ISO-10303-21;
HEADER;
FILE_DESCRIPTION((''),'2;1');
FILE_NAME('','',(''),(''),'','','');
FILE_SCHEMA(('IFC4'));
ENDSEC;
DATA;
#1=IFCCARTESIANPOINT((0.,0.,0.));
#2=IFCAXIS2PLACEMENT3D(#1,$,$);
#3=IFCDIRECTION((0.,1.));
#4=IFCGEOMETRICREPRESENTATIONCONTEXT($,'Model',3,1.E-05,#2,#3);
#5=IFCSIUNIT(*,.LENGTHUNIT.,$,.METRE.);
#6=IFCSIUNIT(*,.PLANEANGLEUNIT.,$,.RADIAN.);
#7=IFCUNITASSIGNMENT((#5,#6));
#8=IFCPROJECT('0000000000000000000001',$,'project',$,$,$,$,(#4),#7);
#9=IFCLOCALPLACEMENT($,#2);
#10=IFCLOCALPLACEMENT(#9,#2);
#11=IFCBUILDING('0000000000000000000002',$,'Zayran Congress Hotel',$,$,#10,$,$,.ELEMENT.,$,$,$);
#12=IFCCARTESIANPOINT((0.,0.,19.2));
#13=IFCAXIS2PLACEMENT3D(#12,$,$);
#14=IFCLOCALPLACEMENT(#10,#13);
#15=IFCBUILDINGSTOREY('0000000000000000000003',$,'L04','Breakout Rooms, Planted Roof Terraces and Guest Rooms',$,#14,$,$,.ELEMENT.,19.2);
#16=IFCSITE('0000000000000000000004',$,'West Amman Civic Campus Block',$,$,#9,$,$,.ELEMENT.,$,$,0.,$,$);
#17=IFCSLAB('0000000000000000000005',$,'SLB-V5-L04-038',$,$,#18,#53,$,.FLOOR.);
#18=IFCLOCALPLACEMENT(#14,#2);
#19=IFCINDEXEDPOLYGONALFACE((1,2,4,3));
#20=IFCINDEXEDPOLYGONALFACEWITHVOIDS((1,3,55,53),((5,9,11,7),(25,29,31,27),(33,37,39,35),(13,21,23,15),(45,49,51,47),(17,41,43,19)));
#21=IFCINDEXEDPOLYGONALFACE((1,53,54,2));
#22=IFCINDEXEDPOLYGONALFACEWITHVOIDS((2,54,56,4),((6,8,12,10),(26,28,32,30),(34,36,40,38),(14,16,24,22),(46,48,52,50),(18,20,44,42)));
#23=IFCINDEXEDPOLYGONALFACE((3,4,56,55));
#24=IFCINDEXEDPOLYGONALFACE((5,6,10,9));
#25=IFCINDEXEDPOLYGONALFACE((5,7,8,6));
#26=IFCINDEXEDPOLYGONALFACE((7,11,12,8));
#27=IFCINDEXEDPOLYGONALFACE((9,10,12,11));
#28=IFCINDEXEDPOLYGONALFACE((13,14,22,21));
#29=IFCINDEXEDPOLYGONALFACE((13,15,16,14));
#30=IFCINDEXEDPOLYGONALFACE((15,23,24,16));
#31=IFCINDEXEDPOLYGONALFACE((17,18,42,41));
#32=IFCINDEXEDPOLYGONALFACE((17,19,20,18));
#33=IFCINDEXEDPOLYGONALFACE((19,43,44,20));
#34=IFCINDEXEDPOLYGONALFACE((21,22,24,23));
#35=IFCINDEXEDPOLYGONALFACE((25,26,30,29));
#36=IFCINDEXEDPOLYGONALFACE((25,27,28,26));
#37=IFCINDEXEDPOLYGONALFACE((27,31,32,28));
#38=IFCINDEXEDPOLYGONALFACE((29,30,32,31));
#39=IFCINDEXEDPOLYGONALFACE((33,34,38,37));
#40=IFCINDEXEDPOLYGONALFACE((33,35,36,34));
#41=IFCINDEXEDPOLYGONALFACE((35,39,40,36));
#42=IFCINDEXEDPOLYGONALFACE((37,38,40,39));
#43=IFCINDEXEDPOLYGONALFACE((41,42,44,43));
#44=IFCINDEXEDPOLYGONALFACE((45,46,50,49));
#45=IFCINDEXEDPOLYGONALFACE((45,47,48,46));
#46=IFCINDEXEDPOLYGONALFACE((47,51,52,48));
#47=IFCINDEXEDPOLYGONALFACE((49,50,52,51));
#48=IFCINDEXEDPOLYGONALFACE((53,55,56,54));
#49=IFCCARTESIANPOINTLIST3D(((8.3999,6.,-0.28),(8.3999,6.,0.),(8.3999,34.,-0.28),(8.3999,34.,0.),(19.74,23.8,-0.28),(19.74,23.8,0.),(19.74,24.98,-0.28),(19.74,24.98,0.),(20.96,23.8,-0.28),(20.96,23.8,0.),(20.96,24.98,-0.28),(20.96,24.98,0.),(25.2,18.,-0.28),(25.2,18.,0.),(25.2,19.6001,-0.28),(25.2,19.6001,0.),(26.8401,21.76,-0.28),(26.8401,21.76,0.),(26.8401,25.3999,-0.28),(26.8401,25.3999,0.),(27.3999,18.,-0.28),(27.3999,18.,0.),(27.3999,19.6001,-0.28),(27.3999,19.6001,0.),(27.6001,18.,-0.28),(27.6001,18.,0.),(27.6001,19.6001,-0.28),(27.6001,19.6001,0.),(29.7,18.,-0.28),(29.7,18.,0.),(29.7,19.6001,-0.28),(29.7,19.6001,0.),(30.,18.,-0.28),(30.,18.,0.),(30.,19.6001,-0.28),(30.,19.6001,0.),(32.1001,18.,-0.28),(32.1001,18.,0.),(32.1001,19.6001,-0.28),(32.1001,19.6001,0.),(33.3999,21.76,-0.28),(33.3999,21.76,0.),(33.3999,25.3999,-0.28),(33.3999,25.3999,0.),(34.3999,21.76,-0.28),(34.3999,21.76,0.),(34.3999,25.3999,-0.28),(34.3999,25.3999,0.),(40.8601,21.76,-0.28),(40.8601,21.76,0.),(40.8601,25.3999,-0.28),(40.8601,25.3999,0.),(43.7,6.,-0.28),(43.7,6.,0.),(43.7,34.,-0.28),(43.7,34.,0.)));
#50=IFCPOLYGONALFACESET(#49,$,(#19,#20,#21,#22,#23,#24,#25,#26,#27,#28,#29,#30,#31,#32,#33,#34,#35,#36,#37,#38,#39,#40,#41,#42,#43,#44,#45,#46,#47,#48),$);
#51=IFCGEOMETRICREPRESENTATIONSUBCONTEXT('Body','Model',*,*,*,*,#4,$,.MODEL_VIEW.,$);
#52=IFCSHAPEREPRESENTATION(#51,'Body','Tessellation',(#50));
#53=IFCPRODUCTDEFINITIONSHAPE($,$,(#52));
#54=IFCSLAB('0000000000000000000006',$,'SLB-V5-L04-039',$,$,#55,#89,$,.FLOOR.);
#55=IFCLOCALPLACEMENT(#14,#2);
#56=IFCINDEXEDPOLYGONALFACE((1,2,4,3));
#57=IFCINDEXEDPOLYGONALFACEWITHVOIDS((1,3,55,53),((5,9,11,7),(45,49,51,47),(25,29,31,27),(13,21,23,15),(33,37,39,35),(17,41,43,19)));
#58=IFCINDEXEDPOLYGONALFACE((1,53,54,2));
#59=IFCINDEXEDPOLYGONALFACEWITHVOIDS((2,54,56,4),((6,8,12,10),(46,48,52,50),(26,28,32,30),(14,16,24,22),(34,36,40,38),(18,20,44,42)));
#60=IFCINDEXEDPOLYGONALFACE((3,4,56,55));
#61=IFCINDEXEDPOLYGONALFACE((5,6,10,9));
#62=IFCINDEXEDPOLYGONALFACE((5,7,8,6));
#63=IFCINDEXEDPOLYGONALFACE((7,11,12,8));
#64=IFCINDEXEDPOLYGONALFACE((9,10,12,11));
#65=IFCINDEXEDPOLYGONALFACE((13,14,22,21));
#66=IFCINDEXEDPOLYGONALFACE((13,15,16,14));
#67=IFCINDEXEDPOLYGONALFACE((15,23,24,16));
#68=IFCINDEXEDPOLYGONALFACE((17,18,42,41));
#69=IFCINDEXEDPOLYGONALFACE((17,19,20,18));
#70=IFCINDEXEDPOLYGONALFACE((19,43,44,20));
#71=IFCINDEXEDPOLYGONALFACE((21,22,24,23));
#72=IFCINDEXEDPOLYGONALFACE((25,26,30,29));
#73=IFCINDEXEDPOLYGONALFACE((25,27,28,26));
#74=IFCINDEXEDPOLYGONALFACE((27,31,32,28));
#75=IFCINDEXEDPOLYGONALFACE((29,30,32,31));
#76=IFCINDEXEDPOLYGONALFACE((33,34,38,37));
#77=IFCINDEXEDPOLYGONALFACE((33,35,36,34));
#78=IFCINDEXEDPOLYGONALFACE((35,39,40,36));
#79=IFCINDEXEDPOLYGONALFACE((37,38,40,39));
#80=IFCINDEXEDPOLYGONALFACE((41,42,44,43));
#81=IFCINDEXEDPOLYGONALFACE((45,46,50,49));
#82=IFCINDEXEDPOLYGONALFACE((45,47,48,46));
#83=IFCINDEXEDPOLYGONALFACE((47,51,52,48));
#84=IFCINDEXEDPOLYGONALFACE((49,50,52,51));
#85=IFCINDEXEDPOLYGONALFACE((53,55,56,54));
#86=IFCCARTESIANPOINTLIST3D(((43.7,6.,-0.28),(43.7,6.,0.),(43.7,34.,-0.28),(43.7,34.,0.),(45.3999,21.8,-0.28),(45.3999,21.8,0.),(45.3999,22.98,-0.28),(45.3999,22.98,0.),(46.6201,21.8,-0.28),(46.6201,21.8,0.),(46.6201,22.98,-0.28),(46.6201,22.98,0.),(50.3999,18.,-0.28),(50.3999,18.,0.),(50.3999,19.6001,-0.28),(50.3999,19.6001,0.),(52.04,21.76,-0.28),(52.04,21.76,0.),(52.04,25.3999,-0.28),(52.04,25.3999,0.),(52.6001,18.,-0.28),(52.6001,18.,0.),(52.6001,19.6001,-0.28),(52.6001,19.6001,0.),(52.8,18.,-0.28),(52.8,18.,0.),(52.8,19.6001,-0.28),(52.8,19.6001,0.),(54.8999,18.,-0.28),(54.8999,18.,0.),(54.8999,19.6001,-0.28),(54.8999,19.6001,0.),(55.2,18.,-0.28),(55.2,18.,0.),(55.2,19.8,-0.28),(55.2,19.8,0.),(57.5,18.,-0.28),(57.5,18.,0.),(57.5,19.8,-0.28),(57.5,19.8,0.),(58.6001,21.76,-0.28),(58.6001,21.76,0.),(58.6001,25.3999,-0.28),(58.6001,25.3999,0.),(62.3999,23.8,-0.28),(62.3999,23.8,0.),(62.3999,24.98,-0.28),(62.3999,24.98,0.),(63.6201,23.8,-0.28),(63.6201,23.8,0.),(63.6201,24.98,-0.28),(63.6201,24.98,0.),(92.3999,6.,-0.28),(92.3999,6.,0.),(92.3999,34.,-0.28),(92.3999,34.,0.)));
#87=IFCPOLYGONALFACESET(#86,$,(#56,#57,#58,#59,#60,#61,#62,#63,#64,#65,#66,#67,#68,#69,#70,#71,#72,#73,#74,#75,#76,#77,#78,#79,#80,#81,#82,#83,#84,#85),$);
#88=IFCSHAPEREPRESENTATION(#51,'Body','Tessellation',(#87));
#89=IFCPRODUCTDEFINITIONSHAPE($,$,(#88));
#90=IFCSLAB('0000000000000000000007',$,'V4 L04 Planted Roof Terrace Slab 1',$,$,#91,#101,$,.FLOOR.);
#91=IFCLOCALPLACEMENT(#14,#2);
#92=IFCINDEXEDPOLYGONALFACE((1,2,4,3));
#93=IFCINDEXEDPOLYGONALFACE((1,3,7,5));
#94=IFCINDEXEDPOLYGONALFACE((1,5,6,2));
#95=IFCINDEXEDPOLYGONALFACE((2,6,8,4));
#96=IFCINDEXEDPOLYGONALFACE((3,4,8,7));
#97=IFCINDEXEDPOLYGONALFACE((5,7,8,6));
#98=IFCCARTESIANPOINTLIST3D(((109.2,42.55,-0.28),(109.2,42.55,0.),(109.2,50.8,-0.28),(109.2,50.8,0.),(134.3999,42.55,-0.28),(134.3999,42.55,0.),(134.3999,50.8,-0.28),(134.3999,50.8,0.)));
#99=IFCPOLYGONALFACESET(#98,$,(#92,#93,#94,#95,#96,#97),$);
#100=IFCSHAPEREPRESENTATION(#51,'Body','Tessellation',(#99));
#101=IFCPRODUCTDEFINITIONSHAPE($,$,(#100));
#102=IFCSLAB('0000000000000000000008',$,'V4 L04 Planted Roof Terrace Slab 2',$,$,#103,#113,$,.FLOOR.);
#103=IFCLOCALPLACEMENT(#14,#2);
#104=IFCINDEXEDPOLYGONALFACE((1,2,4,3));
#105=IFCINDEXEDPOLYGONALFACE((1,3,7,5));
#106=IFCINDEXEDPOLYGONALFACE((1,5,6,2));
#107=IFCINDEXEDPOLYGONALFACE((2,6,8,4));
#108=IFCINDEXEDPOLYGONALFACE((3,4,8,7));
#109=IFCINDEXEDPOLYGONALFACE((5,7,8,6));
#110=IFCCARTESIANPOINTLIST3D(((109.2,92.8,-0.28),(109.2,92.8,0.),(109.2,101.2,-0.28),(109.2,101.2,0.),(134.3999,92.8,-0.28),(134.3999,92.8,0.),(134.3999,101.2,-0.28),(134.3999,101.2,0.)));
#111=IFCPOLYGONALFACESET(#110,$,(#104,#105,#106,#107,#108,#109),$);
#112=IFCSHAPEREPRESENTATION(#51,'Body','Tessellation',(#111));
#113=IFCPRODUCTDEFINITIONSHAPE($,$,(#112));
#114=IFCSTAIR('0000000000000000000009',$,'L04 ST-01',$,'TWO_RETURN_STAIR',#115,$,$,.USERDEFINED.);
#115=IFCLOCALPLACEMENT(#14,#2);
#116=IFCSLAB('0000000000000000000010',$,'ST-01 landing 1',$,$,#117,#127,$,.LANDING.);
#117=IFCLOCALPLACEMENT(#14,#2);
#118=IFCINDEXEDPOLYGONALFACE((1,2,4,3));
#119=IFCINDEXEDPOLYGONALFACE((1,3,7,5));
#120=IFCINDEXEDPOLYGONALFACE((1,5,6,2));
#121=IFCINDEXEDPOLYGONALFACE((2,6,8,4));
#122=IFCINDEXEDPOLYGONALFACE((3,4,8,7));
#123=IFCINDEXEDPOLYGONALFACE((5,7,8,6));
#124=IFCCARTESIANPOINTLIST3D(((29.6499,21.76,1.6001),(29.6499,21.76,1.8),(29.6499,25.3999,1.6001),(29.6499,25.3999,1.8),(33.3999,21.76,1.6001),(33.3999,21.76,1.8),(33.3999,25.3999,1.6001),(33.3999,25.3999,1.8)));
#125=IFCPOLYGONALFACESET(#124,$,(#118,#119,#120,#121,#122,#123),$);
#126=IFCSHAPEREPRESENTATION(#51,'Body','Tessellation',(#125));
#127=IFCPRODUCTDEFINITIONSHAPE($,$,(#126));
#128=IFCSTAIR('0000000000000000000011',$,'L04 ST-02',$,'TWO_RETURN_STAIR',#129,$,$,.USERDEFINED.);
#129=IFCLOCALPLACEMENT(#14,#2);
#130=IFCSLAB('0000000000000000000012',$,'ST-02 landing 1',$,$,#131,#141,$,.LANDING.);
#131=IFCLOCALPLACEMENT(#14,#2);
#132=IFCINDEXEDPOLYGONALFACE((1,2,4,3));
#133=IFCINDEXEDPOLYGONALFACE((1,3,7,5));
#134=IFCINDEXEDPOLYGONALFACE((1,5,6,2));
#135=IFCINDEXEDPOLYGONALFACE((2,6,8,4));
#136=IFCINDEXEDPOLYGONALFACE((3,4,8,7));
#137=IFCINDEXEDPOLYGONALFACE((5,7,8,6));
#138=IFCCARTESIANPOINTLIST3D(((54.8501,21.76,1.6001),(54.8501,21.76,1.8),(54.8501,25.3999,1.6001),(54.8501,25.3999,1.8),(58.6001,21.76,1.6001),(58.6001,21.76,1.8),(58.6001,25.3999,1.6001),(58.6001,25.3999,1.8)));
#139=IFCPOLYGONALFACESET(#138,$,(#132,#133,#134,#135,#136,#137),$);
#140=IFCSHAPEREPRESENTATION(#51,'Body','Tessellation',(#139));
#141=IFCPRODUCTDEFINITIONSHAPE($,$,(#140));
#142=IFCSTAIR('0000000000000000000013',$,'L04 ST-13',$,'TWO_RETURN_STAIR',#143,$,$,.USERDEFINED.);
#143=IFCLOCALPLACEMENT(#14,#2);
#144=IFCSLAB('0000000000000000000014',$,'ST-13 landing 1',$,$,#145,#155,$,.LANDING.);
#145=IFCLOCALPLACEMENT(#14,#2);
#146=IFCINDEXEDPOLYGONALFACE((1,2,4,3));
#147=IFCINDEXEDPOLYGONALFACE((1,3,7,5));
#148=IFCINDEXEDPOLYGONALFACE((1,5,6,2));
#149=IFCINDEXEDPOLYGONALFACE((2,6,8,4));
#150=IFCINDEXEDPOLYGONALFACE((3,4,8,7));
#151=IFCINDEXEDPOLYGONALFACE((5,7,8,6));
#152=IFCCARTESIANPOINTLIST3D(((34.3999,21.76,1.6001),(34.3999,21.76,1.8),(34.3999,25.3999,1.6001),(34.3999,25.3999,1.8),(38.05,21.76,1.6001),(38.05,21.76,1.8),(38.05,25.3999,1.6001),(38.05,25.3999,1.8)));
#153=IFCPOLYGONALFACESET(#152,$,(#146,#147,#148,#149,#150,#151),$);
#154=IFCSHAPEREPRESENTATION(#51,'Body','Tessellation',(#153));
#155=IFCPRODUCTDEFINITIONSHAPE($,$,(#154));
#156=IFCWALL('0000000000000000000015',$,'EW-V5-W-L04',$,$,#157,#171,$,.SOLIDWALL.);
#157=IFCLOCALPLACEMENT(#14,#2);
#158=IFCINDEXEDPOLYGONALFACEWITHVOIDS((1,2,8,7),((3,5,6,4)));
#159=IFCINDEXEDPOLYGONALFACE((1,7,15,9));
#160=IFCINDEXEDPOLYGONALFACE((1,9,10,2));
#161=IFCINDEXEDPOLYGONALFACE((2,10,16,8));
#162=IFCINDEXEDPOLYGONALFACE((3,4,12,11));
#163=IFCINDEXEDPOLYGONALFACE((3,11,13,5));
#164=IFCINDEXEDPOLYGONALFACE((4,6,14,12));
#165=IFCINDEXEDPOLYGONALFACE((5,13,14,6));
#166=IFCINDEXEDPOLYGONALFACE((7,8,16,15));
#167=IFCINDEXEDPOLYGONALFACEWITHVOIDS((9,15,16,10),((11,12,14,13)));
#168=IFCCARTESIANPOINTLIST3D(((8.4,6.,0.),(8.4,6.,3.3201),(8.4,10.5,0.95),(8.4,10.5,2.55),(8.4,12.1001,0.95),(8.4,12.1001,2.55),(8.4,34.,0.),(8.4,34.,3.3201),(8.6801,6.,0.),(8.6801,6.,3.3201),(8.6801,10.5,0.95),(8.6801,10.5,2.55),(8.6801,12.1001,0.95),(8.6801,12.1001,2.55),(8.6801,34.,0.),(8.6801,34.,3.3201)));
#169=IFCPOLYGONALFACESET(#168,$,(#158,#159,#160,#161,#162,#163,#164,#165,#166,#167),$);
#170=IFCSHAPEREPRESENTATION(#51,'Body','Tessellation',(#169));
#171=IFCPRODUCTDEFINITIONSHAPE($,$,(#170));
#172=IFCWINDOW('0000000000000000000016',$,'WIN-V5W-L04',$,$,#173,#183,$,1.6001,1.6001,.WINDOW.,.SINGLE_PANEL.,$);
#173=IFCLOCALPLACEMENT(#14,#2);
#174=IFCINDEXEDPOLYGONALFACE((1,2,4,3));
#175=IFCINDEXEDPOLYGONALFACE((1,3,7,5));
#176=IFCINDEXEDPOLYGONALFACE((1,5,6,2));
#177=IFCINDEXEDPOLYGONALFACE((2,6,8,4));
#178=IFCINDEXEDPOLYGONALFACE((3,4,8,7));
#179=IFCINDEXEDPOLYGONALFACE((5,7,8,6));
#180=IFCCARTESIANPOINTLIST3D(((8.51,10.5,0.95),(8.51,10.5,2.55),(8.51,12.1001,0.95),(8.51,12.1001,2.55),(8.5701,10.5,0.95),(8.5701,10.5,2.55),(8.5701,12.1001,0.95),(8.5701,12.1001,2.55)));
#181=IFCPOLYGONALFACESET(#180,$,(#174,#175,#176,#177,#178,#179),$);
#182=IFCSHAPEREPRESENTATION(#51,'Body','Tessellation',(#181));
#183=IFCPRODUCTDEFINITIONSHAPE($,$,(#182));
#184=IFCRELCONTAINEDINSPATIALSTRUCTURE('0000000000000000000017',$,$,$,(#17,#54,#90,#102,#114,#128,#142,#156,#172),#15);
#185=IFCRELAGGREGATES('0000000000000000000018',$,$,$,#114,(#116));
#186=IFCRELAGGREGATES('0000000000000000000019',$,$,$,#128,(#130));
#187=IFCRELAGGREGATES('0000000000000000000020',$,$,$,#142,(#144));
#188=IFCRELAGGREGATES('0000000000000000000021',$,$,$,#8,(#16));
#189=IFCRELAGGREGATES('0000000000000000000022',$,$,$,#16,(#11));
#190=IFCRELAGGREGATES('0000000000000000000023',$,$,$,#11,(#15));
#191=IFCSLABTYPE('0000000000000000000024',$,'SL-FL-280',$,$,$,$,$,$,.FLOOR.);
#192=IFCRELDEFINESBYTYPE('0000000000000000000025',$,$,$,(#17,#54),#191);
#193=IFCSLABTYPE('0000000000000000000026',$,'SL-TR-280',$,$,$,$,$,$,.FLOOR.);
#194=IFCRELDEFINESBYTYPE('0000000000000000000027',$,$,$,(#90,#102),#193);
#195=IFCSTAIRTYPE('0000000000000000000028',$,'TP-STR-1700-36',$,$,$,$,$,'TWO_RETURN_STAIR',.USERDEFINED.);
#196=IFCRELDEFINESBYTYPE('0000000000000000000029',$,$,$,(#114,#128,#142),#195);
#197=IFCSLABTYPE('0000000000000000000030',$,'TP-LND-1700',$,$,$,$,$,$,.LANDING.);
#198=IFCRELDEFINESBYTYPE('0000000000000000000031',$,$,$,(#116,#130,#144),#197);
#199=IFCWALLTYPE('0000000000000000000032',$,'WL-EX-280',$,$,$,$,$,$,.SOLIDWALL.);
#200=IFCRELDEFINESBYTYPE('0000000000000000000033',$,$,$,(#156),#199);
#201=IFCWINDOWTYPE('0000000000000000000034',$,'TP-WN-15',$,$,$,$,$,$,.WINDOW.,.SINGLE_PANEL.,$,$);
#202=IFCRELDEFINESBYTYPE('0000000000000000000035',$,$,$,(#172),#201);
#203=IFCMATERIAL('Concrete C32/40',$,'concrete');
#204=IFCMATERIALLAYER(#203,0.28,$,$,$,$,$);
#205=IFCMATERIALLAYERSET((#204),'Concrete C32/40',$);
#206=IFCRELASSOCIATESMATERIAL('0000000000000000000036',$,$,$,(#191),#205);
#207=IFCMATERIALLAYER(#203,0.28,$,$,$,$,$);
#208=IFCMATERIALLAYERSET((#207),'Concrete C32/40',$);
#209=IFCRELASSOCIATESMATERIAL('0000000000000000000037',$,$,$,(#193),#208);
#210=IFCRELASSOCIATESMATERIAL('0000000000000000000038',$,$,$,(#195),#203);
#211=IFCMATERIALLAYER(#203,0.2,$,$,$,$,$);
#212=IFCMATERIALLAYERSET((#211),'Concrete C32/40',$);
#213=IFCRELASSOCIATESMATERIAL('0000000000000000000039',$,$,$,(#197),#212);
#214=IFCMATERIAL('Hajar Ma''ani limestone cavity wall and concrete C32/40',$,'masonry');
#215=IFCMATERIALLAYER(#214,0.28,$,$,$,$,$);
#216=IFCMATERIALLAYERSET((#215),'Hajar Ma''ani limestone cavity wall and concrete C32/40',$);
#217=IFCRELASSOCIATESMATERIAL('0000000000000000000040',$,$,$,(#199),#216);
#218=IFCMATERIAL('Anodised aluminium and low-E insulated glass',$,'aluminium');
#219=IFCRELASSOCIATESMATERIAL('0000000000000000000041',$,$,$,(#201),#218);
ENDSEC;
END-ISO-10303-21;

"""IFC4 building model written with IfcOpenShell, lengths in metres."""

from ifc_helpers import new_model, si_unit, direction, frame, frame_2d, origin, place, context, subcontext, project, spatial, polyline, rectangle, outline, extrude, material, layer, layer_set, type_object, element, fill, aggregate, save


model = new_model("IFC4")

# Units and contexts
model_context = context("Model", 3, precision=1e-05, world=origin(), true_north=direction((0.0, 1.0)))
body_context = subcontext(model_context, "Body", "Model", "MODEL_VIEW")
ifc_project = project(units=[si_unit("LENGTHUNIT", "METRE"), si_unit("PLANEANGLEUNIT", "RADIAN")], contexts=[model_context])

# Site, building, storey
site_placement = place(None, origin())
site = spatial("IfcSite", under=ifc_project, at=site_placement, Name="West Amman Civic Campus Block", CompositionType="ELEMENT", RefElevation=0.0)
building_placement = place(site_placement, origin())
building = spatial("IfcBuilding", under=site, at=building_placement, Name="Zayran Congress Hotel", CompositionType="ELEMENT")
storey_placement = place(building_placement, frame((0.0, 0.0, 19.2)))
storey = spatial("IfcBuildingStorey", under=building, at=storey_placement, Name="L04", Description="Breakout Rooms, Planted Roof Terraces and Guest Rooms", CompositionType="ELEMENT", Elevation=19.2)

# Slabs
ifc_material_1 = material(Name="Concrete C32/40", Category="concrete")
ifc_layer_1 = layer(ifc_material_1, 0.28)
ifc_layer_set_1 = layer_set([ifc_layer_1], Name="Concrete C32/40")
slab_type_1 = type_object("IfcSlabType", Name="SL-FL-280", PredefinedType="FLOOR", material=ifc_layer_set_1)
slab_1_placement = place(storey_placement, frame((0.0, 0.0, -0.28)))
element("IfcSlab", 1, at=slab_1_placement, inside=storey, type_object=slab_type_1, Name="SLB-V5-L04-038", PredefinedType="FLOOR", context=body_context, shape_type="SweptSolid", body=[
    extrude(outline(polyline([(8.3999, 6.0), (43.7, 6.0), (43.7, 34.0), (8.3999, 34.0), (8.3999, 6.0)]), holes=[polyline([(26.8401, 21.76), (33.3999, 21.76), (33.3999, 25.3999), (26.8401, 25.3999), (26.8401, 21.76)]), polyline([(25.2, 18.0), (27.3999, 18.0), (27.3999, 19.6001), (25.2, 19.6001), (25.2, 18.0)]), polyline([(27.6001, 18.0), (29.7, 18.0), (29.7, 19.6001), (27.6001, 19.6001), (27.6001, 18.0)]), polyline([(30.0, 18.0), (32.1001, 18.0), (32.1001, 19.6001), (30.0, 19.6001), (30.0, 18.0)]), polyline([(34.3999, 21.76), (40.8601, 21.76), (40.8601, 25.3999), (34.3999, 25.3999), (34.3999, 21.76)]), polyline([(19.74, 23.8), (20.96, 23.8), (20.96, 24.98), (19.74, 24.98), (19.74, 23.8)])]), origin(), (0.0, 0.0, 1.0), 0.28),
])
slab_2_placement = place(storey_placement, frame((0.0, 0.0, -0.28)))
element("IfcSlab", 2, at=slab_2_placement, inside=storey, type_object=slab_type_1, Name="SLB-V5-L04-039", PredefinedType="FLOOR", context=body_context, shape_type="SweptSolid", body=[
    extrude(outline(polyline([(43.7, 6.0), (92.3999, 6.0), (92.3999, 34.0), (43.7, 34.0), (43.7, 6.0)]), holes=[polyline([(52.04, 21.76), (58.6001, 21.76), (58.6001, 25.3999), (52.04, 25.3999), (52.04, 21.76)]), polyline([(50.3999, 18.0), (52.6001, 18.0), (52.6001, 19.6001), (50.3999, 19.6001), (50.3999, 18.0)]), polyline([(52.8, 18.0), (54.8999, 18.0), (54.8999, 19.6001), (52.8, 19.6001), (52.8, 18.0)]), polyline([(55.2, 18.0), (57.5, 18.0), (57.5, 19.8), (55.2, 19.8), (55.2, 18.0)]), polyline([(45.3999, 21.8), (46.6201, 21.8), (46.6201, 22.98), (45.3999, 22.98), (45.3999, 21.8)]), polyline([(62.3999, 23.8), (63.6201, 23.8), (63.6201, 24.98), (62.3999, 24.98), (62.3999, 23.8)])]), origin(), (0.0, 0.0, 1.0), 0.28),
])
ifc_layer_2 = layer(ifc_material_1, 0.28)
ifc_layer_set_2 = layer_set([ifc_layer_2], Name="Concrete C32/40")
slab_type_2 = type_object("IfcSlabType", Name="SL-TR-280", PredefinedType="FLOOR", material=ifc_layer_set_2)
slab_3_placement = place(storey_placement, frame((0.0, 0.0, -0.28)))
element("IfcSlab", 3, at=slab_3_placement, inside=storey, type_object=slab_type_2, Name="V4 L04 Planted Roof Terrace Slab 1", PredefinedType="FLOOR", context=body_context, shape_type="SweptSolid", body=[
    extrude(outline(polyline([(109.2, 42.55), (134.3999, 42.55), (134.3999, 50.8), (109.2, 50.8), (109.2, 42.55)])), origin(), (0.0, 0.0, 1.0), 0.28),
])
slab_4_placement = place(storey_placement, frame((0.0, 0.0, -0.28)))
element("IfcSlab", 4, at=slab_4_placement, inside=storey, type_object=slab_type_2, Name="V4 L04 Planted Roof Terrace Slab 2", PredefinedType="FLOOR", context=body_context, shape_type="SweptSolid", body=[
    extrude(outline(polyline([(109.2, 92.8), (134.3999, 92.8), (134.3999, 101.2), (109.2, 101.2), (109.2, 92.8)])), origin(), (0.0, 0.0, 1.0), 0.28),
])

# Stairs, slabs
stair_type = type_object("IfcStairType", Name="TP-STR-1700-36", ElementType="TWO_RETURN_STAIR", PredefinedType="USERDEFINED", material=ifc_material_1)
stair_1_placement = place(storey_placement, origin())
stair_1 = element("IfcStair", 5, at=stair_1_placement, inside=storey, type_object=stair_type, Name="L04 ST-01", ObjectType="TWO_RETURN_STAIR", PredefinedType="USERDEFINED")
ifc_layer_3 = layer(ifc_material_1, 0.2)
ifc_layer_set_3 = layer_set([ifc_layer_3], Name="Concrete C32/40")
slab_type_3 = type_object("IfcSlabType", Name="TP-LND-1700", PredefinedType="LANDING", material=ifc_layer_set_3)
slab_5_placement = place(storey_placement, frame((0.0, 0.0, 1.6001)))
slab_5 = element("IfcSlab", 6, at=slab_5_placement, type_object=slab_type_3, Name="ST-01 landing 1", PredefinedType="LANDING", context=body_context, shape_type="SweptSolid", body=[
    extrude(outline(polyline([(29.6499, 21.76), (33.3999, 21.76), (33.3999, 25.3999), (29.6499, 25.3999), (29.6499, 21.76)])), origin(), (0.0, 0.0, 1.0), 0.2),
])
aggregate(stair_1, [slab_5])
stair_2_placement = place(storey_placement, origin())
stair_2 = element("IfcStair", 7, at=stair_2_placement, inside=storey, type_object=stair_type, Name="L04 ST-02", ObjectType="TWO_RETURN_STAIR", PredefinedType="USERDEFINED")
slab_6_placement = place(storey_placement, frame((0.0, 0.0, 1.6001)))
slab_6 = element("IfcSlab", 8, at=slab_6_placement, type_object=slab_type_3, Name="ST-02 landing 1", PredefinedType="LANDING", context=body_context, shape_type="SweptSolid", body=[
    extrude(outline(polyline([(54.8501, 21.76), (58.6001, 21.76), (58.6001, 25.3999), (54.8501, 25.3999), (54.8501, 21.76)])), origin(), (0.0, 0.0, 1.0), 0.2),
])
aggregate(stair_2, [slab_6])
stair_3_placement = place(storey_placement, origin())
stair_3 = element("IfcStair", 9, at=stair_3_placement, inside=storey, type_object=stair_type, Name="L04 ST-13", ObjectType="TWO_RETURN_STAIR", PredefinedType="USERDEFINED")
slab_7_placement = place(storey_placement, frame((0.0, 0.0, 1.6001)))
slab_7 = element("IfcSlab", 10, at=slab_7_placement, type_object=slab_type_3, Name="ST-13 landing 1", PredefinedType="LANDING", context=body_context, shape_type="SweptSolid", body=[
    extrude(outline(polyline([(38.05, 25.3999), (34.3999, 25.3999), (34.3999, 21.76), (38.05, 21.76), (38.05, 25.3999)])), origin(), (0.0, 0.0, 1.0), 0.2),
])
aggregate(stair_3, [slab_7])

# Wall, opening, window
ifc_material_2 = material(Name="Hajar Ma'ani limestone cavity wall and concrete C32/40", Category="masonry")
ifc_layer_4 = layer(ifc_material_2, 0.28)
ifc_layer_set_4 = layer_set([ifc_layer_4], Name="Hajar Ma'ani limestone cavity wall and concrete C32/40")
wall_type_1 = type_object("IfcWallType", Name="WL-EX-280", PredefinedType="SOLIDWALL", material=ifc_layer_set_4)
wall_1_placement = place(storey_placement, frame((8.54, 6.0, 0.0), z_axis=(0.0, 0.0, 1.0), x_axis=(0.0, 1.0, 0.0)))
wall_1 = element("IfcWall", 11, at=wall_1_placement, inside=storey, type_object=wall_type_1, Name="EW-V5-W-L04", PredefinedType="SOLIDWALL", context=body_context, shape_type="SweptSolid", body=[
    extrude(rectangle(XDim=28.0, YDim=0.28, at=frame_2d((14.0, 0.0))), origin(), (0.0, 0.0, 1.0), 3.3201),
])
opening_placement = place(wall_1_placement, frame((4.5, 0.0, 0.95)))
opening = element("IfcOpeningElement", 12, at=opening_placement, cuts=wall_1, PredefinedType="OPENING", context=body_context, shape_type="SweptSolid", body=[
    extrude(rectangle(XDim=1.6001, YDim=1.6001, at=frame_2d((0.8, 0.8))), frame((0.0, 0.1499, 0.0), z_axis=(0.0, -1.0, 0.0), x_axis=(1.0, 0.0, 0.0)), (0.0, 0.0, 1.0), 0.3),
])
ifc_material_3 = material(Name="Anodised aluminium and low-E insulated glass", Category="aluminium")
window_type = type_object("IfcWindowType", Name="TP-WN-15", PartitioningType="SINGLE_PANEL", PredefinedType="WINDOW", material=ifc_material_3)
window_placement = place(opening_placement, origin())
window = element("IfcWindow", 13, at=window_placement, inside=storey, type_object=window_type, Name="WIN-V5W-L04", OverallHeight=1.6001, OverallWidth=1.6001, PartitioningType="SINGLE_PANEL", PredefinedType="WINDOW", context=body_context, shape_type="SweptSolid", body=[
    extrude(rectangle(XDim=1.6001, YDim=1.6001, at=frame_2d((0.8, 0.8))), frame((0.0, 0.03, 0.0), z_axis=(0.0, -1.0, 0.0), x_axis=(1.0, 0.0, 0.0)), (0.0, 0.0, 1.0), 0.0601),
])
fill(opening, window)

save(model, "model.ifc")
